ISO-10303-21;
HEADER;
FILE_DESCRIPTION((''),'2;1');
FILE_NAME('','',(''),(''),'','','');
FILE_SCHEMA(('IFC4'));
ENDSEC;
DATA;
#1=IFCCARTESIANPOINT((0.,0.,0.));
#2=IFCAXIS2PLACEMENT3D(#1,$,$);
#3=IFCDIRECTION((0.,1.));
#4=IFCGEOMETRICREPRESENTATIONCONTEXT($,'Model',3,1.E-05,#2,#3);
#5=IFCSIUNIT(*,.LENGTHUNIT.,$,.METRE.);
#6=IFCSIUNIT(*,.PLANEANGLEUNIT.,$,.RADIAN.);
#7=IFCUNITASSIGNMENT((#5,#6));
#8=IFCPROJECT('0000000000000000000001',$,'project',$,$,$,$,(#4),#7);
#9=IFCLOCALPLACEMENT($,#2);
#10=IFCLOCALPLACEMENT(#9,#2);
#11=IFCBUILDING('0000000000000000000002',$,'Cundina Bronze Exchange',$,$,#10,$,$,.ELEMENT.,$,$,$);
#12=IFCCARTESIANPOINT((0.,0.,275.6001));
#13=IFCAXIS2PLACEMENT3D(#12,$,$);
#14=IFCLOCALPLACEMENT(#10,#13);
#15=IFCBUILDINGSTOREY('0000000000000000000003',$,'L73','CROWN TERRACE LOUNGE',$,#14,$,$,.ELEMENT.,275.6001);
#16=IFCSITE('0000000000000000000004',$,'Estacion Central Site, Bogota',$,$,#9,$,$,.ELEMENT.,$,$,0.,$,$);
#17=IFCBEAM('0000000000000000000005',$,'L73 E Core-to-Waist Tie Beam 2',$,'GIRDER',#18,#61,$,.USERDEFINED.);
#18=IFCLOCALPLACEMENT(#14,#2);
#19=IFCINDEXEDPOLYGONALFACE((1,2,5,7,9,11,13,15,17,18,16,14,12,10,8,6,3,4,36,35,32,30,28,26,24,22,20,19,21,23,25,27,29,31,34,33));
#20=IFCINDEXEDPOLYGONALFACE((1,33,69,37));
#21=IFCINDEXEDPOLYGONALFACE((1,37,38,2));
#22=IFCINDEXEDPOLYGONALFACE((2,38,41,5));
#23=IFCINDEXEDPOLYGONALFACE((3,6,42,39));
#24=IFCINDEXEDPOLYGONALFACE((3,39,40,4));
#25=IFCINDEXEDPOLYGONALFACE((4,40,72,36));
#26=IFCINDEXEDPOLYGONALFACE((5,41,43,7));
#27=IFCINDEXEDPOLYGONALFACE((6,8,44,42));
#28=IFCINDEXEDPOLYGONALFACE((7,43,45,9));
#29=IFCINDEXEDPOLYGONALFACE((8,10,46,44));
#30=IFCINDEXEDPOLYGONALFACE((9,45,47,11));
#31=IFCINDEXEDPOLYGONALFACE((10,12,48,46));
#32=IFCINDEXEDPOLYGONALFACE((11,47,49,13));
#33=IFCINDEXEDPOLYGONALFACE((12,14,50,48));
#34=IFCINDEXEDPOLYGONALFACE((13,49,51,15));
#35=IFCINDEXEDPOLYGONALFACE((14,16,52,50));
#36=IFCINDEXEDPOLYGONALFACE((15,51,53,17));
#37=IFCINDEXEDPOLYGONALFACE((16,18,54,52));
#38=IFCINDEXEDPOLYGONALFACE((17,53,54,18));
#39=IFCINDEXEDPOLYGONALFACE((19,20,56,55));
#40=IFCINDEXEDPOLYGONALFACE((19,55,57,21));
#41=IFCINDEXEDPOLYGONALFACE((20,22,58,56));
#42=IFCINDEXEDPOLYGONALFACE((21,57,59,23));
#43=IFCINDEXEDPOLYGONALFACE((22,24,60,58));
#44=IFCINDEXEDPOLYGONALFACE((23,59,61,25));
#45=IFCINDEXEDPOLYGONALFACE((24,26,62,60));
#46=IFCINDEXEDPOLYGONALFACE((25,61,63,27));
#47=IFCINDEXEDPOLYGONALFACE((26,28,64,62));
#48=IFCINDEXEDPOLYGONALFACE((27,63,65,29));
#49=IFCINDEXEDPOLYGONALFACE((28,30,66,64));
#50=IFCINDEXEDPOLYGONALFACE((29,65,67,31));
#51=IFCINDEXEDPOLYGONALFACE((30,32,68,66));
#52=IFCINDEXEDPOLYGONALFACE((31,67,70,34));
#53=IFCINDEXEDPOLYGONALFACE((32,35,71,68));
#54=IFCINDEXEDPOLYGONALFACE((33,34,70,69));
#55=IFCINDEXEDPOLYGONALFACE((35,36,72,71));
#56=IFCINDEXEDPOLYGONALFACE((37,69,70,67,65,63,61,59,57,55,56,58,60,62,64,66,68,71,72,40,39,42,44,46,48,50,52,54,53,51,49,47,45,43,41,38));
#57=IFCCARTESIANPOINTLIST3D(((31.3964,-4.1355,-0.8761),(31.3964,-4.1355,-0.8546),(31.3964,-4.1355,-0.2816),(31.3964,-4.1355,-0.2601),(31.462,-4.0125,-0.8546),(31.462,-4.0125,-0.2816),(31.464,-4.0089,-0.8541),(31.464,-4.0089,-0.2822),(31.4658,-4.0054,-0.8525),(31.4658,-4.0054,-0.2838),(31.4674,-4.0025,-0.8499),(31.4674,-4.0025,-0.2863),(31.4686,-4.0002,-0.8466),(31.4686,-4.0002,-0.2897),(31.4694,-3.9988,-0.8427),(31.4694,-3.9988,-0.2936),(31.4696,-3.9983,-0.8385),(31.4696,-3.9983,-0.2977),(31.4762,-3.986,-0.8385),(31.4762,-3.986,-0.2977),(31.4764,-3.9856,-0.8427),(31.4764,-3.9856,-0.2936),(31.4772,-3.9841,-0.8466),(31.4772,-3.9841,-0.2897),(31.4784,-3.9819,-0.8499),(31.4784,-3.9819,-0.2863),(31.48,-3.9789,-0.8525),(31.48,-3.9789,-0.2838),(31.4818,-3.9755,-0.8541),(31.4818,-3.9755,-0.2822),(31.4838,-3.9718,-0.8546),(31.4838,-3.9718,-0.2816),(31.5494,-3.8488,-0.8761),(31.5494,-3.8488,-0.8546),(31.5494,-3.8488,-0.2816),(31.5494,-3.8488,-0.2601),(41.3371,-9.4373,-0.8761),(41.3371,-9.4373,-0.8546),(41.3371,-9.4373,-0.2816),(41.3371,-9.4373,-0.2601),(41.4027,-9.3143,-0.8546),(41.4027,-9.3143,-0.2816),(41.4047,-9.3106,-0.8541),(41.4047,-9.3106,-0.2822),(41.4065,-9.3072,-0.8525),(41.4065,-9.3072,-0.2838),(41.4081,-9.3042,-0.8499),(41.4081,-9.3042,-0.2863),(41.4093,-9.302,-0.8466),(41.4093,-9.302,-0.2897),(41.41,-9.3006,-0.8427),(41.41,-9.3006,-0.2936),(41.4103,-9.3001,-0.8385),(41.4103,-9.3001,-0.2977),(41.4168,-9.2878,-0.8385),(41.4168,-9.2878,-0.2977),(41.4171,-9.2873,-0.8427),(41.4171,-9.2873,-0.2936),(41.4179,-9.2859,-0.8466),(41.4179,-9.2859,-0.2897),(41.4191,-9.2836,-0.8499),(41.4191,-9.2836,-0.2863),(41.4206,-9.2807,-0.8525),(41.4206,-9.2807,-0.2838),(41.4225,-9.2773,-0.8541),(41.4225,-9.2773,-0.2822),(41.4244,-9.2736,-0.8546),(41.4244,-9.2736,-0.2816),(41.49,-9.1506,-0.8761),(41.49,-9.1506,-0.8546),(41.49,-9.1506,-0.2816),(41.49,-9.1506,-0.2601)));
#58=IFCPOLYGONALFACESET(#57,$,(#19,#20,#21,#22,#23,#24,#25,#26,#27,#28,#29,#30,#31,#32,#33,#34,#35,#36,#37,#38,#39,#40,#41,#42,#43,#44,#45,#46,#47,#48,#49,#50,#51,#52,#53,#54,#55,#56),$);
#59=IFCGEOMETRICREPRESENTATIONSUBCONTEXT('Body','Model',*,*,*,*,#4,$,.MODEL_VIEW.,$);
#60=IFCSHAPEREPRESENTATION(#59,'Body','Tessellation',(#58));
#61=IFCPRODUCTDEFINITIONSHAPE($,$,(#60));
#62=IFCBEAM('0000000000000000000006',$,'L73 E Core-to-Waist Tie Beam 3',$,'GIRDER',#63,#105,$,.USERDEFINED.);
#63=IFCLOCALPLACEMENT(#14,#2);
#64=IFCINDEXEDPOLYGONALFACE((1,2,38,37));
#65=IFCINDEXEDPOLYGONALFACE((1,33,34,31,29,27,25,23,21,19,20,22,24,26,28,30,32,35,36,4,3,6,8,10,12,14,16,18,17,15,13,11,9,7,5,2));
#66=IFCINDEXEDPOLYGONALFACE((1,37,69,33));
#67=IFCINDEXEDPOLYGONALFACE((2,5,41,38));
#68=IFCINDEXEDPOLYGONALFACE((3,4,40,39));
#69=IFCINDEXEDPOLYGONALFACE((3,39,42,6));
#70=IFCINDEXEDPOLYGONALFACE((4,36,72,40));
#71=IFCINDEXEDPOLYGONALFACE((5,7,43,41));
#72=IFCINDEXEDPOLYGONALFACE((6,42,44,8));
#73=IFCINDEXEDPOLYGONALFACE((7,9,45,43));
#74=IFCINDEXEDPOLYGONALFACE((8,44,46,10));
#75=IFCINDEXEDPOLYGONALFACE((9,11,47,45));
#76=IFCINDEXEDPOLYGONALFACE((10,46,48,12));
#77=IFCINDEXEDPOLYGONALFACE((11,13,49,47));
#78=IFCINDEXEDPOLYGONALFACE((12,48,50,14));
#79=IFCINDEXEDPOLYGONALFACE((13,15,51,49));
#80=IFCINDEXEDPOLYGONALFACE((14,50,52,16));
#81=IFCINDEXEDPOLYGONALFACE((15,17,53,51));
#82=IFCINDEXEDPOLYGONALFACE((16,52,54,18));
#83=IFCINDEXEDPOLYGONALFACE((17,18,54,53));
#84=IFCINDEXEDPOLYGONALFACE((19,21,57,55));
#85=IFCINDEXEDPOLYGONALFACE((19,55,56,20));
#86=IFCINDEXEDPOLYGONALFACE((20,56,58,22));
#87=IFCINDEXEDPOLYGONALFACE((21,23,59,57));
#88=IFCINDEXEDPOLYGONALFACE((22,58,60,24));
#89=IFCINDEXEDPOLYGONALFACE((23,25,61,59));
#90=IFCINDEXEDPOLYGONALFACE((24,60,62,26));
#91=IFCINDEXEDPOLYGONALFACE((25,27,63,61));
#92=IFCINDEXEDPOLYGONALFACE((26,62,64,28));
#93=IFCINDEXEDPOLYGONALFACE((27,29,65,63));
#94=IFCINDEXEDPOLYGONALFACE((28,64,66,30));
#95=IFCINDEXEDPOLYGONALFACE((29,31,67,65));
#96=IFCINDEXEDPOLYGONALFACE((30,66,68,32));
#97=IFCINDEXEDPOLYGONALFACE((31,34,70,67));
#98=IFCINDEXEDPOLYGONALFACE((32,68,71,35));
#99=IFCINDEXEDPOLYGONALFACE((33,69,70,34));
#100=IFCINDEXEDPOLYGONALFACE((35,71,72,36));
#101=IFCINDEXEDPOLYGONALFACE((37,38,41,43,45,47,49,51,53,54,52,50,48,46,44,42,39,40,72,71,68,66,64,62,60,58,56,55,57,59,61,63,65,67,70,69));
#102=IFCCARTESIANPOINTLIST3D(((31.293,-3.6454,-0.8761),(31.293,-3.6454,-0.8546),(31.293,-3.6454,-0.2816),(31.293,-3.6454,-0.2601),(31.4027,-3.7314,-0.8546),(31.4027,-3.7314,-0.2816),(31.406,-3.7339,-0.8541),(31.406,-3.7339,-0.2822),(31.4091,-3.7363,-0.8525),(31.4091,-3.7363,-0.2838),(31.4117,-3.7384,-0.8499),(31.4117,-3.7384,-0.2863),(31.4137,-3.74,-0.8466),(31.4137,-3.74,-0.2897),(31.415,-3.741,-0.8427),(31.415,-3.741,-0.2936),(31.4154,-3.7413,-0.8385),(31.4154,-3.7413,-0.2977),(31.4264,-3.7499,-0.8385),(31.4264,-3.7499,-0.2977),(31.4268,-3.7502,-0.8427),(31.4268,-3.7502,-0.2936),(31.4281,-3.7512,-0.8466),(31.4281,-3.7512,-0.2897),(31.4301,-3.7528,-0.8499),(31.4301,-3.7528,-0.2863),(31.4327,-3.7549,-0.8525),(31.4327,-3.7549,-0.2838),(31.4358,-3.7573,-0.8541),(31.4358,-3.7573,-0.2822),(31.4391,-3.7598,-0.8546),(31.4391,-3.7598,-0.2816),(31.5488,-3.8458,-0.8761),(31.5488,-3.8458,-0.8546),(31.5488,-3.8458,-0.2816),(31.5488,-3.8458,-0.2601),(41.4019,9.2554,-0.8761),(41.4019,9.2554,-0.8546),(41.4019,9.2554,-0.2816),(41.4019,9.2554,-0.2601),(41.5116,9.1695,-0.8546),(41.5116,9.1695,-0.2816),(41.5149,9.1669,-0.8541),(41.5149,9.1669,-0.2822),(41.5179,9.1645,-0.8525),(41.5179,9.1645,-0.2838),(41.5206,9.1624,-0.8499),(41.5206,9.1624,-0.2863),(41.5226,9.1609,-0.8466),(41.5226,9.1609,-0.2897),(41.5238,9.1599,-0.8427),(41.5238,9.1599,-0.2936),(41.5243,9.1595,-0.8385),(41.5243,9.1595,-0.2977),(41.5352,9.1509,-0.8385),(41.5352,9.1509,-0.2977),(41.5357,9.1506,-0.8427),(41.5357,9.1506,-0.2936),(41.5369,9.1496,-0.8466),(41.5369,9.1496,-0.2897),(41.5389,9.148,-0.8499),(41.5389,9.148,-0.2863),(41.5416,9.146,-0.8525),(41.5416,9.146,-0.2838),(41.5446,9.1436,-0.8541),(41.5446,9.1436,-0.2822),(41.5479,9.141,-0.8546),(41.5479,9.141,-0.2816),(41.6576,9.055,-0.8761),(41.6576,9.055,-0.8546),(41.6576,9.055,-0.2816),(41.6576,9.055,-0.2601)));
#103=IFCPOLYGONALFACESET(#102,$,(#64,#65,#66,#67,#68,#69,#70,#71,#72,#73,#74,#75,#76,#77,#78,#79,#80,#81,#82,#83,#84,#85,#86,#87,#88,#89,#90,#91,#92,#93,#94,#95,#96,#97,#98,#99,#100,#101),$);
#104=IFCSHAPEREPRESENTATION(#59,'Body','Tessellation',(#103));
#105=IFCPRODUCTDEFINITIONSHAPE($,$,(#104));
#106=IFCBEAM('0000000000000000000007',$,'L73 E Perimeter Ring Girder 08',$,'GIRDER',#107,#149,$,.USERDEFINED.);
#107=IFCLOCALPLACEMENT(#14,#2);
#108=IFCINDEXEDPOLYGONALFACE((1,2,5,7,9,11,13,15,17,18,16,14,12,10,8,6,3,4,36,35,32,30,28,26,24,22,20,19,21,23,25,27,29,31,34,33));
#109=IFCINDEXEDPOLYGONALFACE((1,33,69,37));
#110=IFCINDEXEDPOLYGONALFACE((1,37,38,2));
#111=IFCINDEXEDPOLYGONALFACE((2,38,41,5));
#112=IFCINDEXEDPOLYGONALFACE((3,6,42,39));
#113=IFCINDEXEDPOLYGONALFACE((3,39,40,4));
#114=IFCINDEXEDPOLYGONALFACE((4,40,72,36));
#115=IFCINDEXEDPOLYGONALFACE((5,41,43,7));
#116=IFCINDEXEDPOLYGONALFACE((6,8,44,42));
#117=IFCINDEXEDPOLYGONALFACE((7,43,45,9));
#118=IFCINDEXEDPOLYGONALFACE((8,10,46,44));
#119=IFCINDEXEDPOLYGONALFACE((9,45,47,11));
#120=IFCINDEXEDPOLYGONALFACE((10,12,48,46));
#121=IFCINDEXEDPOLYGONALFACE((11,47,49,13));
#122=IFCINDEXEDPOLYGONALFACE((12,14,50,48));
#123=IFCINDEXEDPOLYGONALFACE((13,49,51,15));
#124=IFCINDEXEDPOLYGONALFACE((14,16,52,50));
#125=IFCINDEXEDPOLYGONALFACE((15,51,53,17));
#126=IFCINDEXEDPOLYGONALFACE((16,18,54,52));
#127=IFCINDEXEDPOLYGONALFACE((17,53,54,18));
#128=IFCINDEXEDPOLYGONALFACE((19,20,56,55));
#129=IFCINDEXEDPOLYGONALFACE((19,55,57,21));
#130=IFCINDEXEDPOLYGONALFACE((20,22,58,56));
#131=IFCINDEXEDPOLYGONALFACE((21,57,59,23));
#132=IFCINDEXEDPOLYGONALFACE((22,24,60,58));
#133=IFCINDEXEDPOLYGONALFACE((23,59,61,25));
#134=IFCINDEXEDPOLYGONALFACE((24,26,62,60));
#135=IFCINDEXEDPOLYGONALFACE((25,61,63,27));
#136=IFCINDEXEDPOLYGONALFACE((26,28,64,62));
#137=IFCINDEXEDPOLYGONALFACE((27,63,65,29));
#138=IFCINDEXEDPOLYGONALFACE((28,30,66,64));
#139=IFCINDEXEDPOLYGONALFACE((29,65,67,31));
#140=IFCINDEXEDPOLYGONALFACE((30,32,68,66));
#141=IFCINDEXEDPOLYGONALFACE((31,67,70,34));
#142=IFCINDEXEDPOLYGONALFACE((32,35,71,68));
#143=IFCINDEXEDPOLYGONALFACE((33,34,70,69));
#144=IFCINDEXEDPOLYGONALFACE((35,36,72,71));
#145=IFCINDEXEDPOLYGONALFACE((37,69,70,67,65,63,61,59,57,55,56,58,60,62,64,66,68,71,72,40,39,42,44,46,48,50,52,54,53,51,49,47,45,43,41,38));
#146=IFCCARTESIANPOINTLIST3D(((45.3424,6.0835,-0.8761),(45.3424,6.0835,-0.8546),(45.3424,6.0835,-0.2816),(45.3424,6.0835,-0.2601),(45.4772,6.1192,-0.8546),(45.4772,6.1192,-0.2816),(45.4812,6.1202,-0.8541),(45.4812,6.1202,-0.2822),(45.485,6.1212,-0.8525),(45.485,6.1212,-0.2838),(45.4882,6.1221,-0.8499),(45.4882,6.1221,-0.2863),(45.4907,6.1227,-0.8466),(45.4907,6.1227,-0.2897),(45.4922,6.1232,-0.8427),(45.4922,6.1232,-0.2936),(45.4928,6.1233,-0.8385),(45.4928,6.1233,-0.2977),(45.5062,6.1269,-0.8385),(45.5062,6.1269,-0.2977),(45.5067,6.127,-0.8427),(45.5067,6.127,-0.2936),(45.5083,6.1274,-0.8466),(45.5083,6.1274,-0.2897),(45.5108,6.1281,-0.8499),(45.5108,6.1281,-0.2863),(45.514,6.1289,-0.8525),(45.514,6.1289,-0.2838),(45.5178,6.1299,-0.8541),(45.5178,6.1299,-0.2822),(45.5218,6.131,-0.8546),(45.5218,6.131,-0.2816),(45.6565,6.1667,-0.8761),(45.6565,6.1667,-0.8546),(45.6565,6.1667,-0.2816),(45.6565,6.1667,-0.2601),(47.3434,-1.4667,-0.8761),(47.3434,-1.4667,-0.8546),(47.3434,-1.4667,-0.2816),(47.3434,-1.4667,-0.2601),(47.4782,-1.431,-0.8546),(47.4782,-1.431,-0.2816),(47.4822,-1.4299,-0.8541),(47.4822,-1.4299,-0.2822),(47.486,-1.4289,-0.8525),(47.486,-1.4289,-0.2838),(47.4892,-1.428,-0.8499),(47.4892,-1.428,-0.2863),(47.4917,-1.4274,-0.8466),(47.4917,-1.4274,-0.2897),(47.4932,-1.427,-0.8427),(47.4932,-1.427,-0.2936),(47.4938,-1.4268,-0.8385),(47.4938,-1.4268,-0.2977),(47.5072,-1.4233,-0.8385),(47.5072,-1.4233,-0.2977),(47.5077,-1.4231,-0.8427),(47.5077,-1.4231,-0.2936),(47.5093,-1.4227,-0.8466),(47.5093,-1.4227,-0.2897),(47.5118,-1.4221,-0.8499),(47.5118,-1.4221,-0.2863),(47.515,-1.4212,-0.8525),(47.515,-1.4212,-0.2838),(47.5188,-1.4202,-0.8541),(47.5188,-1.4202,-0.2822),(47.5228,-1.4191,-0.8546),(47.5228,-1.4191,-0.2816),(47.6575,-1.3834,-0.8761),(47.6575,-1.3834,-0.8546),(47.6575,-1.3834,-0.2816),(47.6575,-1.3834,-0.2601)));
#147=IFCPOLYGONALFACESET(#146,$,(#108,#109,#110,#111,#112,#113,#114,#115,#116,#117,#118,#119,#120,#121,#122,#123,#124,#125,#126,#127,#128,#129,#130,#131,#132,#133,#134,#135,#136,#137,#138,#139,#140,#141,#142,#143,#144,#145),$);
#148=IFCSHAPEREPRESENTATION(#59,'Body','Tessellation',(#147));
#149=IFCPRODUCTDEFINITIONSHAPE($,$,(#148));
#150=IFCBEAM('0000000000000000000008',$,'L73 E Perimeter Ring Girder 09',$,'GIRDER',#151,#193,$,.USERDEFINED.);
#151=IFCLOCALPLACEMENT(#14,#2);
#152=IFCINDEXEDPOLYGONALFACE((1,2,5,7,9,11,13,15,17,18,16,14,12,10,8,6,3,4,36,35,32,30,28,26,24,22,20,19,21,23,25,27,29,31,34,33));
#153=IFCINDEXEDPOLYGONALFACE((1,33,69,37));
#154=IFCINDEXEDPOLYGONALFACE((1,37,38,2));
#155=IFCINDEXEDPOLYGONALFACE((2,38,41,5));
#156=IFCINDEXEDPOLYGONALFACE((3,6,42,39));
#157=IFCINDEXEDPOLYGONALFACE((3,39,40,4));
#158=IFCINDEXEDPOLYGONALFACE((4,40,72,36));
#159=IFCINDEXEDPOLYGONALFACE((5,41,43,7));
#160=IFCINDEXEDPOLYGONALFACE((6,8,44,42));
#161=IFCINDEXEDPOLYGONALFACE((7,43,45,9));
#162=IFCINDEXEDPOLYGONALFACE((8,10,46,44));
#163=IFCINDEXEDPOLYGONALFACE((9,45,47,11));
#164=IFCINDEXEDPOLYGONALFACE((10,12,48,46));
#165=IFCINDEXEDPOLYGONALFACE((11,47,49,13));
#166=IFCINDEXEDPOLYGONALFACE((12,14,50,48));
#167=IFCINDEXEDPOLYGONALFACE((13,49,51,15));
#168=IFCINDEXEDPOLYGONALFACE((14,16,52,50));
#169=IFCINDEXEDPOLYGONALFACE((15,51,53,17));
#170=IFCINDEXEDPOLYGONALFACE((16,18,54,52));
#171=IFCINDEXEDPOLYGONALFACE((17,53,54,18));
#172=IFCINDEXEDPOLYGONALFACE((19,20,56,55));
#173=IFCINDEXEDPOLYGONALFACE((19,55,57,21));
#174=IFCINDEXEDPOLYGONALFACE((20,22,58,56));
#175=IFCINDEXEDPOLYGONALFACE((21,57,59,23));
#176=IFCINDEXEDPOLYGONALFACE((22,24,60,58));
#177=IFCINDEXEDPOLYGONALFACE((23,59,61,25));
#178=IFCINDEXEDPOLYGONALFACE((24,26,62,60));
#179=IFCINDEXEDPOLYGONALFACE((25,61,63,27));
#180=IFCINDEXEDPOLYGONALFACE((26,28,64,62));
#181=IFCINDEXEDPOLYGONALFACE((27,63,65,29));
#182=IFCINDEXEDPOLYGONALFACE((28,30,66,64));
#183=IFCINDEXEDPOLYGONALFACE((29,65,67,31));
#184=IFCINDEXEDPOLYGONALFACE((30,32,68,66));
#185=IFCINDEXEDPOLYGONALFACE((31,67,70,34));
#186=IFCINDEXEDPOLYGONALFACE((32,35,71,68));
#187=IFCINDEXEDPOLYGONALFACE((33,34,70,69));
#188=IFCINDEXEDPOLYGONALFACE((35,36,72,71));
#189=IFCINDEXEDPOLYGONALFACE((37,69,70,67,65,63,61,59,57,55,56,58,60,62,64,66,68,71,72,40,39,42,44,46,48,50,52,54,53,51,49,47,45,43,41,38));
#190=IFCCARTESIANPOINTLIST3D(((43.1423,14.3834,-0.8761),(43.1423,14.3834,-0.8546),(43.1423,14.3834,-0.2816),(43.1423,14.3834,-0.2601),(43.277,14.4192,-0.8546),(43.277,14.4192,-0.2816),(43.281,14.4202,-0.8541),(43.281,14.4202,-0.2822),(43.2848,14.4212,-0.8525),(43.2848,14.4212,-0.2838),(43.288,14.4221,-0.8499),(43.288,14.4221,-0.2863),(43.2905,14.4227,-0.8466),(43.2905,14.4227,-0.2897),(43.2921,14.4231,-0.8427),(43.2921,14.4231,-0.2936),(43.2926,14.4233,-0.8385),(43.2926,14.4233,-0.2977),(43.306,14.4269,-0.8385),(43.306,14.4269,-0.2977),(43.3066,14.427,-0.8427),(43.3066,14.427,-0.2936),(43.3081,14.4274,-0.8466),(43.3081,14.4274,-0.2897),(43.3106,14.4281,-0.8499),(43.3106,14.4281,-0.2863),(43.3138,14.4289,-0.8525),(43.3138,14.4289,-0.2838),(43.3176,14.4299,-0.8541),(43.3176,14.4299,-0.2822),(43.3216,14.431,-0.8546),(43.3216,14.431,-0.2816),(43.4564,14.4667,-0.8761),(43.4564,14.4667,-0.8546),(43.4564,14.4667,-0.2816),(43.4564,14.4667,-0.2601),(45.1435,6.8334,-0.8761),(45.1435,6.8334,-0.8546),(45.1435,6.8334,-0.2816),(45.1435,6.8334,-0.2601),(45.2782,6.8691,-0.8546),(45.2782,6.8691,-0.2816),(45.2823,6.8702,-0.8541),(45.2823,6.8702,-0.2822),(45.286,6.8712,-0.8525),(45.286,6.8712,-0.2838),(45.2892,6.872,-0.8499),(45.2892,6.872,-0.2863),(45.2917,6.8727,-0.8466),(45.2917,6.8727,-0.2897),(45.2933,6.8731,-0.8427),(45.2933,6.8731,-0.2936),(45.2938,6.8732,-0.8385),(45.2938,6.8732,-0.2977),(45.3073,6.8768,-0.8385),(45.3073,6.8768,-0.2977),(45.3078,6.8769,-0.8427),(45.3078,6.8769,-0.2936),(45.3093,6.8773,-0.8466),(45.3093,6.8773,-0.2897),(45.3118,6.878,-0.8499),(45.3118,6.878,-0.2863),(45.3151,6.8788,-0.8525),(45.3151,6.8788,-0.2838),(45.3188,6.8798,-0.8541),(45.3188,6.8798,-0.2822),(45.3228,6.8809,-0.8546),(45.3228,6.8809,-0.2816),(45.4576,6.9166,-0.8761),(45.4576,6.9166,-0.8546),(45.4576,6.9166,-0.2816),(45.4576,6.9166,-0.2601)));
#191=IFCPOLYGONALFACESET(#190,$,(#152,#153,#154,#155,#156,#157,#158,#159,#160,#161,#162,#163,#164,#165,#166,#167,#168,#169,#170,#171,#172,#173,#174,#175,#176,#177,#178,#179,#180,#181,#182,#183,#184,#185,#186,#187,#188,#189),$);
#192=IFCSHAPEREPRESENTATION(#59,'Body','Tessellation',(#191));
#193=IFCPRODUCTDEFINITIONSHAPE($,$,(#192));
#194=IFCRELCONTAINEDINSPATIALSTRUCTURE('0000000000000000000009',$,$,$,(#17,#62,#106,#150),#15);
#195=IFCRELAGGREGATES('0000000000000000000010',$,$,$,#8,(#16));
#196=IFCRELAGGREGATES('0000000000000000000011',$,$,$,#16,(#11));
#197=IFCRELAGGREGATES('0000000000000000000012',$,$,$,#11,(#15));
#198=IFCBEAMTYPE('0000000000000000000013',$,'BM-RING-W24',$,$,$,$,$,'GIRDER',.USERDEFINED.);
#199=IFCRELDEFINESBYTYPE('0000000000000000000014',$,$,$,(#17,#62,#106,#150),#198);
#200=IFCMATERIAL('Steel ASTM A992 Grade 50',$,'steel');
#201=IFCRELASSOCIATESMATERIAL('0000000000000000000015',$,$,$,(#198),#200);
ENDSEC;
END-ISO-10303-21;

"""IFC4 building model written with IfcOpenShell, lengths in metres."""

from ifc_helpers import new_model, si_unit, direction, frame, origin, origin_2d, place, context, subcontext, project, spatial, i_section, extrude, material, material_profile, profile_set, type_object, element, save


model = new_model("IFC4")

# Units and contexts
model_context = context("Model", 3, precision=1e-05, world=origin(), true_north=direction((0.0, 1.0)))
body_context = subcontext(model_context, "Body", "Model", "MODEL_VIEW")
ifc_project = project(units=[si_unit("LENGTHUNIT", "METRE"), si_unit("PLANEANGLEUNIT", "RADIAN")], contexts=[model_context])

# Site, building, storey
site_placement = place(None, origin())
site = spatial("IfcSite", under=ifc_project, at=site_placement, Name="Estacion Central Site, Bogota", CompositionType="ELEMENT", RefElevation=0.0)
building_placement = place(site_placement, origin())
building = spatial("IfcBuilding", under=site, at=building_placement, Name="Cundina Bronze Exchange", CompositionType="ELEMENT")
storey_placement = place(building_placement, frame((0.0, 0.0, 275.6001)))
storey = spatial("IfcBuildingStorey", under=building, at=storey_placement, Name="L73", Description="CROWN TERRACE LOUNGE", CompositionType="ELEMENT", Elevation=275.6001)

# Shared definitions
ifc_material_1 = material(Name="Steel ASTM A992 Grade 50", Category="steel")

# Beams
ifc_material_profile_1 = material_profile(ifc_material_1, i_section(OverallWidth=0.325, OverallDepth=0.616, WebThickness=0.0139, FlangeThickness=0.0215, FilletRadius=0.0161, at=origin_2d()), Name="W24X117", Category="steel")
ifc_profile_set_1 = profile_set([ifc_material_profile_1], Name="Steel ASTM A992 Grade 50")
beam_type_1 = type_object("IfcBeamType", Name="BM-RING-W24", ElementType="GIRDER", PredefinedType="USERDEFINED", material=ifc_profile_set_1)
beam_1_placement = place(storey_placement, frame((31.4729, -3.9922, -0.5681), z_axis=(0.882351, -0.470593, 0.0), x_axis=(0.470593, 0.882351, 0.0)))
element("IfcBeam", 1, at=beam_1_placement, inside=storey, type_object=beam_type_1, Name="L73 E Core-to-Waist Tie Beam 2", ObjectType="GIRDER", PredefinedType="USERDEFINED", context=body_context, shape_type="SweptSolid", body=[
    extrude(i_section(OverallWidth=0.325, OverallDepth=0.616, WebThickness=0.0139, FlangeThickness=0.0215, FilletRadius=0.0161, at=origin_2d()), origin(), (0.0, 0.0, 1.0), 11.2661),
])
beam_2_placement = place(storey_placement, frame((31.4209, -3.7456, -0.5681), z_axis=(0.616783, 0.787133, 0.0), x_axis=(-0.787133, 0.616783, 0.0)))
element("IfcBeam", 2, at=beam_2_placement, inside=storey, type_object=beam_type_1, Name="L73 E Core-to-Waist Tie Beam 3", ObjectType="GIRDER", PredefinedType="USERDEFINED", context=body_context, shape_type="SweptSolid", body=[
    extrude(i_section(OverallWidth=0.325, OverallDepth=0.616, WebThickness=0.0139, FlangeThickness=0.0215, FilletRadius=0.0161, at=origin_2d()), origin(), (0.0, 0.0, 1.0), 16.3896),
])
for number, where, z_axis, x_axis, name in (
    (3, (47.5005, -1.425, -0.5681), (-0.256184, 0.966628, 0.0), (-0.966628, -0.256184, 0.0), "L73 E Perimeter Ring Girder 08"),
    (4, (45.3005, 6.875, -0.5681), (-0.256213, 0.96662, 0.0), (-0.96662, -0.256213, 0.0), "L73 E Perimeter Ring Girder 09"),
):
    element("IfcBeam", number, at=place(storey_placement, frame(where, z_axis=z_axis, x_axis=x_axis)), inside=storey, type_object=beam_type_1, Name=name, ObjectType="GIRDER", PredefinedType="USERDEFINED", context=body_context, shape_type="SweptSolid", body=[
        extrude(i_section(OverallWidth=0.325, OverallDepth=0.616, WebThickness=0.0139, FlangeThickness=0.0215, FilletRadius=0.0161, at=origin_2d()), origin(), (0.0, 0.0, 1.0), 7.8108),
    ])

save(model, "model.ifc")
